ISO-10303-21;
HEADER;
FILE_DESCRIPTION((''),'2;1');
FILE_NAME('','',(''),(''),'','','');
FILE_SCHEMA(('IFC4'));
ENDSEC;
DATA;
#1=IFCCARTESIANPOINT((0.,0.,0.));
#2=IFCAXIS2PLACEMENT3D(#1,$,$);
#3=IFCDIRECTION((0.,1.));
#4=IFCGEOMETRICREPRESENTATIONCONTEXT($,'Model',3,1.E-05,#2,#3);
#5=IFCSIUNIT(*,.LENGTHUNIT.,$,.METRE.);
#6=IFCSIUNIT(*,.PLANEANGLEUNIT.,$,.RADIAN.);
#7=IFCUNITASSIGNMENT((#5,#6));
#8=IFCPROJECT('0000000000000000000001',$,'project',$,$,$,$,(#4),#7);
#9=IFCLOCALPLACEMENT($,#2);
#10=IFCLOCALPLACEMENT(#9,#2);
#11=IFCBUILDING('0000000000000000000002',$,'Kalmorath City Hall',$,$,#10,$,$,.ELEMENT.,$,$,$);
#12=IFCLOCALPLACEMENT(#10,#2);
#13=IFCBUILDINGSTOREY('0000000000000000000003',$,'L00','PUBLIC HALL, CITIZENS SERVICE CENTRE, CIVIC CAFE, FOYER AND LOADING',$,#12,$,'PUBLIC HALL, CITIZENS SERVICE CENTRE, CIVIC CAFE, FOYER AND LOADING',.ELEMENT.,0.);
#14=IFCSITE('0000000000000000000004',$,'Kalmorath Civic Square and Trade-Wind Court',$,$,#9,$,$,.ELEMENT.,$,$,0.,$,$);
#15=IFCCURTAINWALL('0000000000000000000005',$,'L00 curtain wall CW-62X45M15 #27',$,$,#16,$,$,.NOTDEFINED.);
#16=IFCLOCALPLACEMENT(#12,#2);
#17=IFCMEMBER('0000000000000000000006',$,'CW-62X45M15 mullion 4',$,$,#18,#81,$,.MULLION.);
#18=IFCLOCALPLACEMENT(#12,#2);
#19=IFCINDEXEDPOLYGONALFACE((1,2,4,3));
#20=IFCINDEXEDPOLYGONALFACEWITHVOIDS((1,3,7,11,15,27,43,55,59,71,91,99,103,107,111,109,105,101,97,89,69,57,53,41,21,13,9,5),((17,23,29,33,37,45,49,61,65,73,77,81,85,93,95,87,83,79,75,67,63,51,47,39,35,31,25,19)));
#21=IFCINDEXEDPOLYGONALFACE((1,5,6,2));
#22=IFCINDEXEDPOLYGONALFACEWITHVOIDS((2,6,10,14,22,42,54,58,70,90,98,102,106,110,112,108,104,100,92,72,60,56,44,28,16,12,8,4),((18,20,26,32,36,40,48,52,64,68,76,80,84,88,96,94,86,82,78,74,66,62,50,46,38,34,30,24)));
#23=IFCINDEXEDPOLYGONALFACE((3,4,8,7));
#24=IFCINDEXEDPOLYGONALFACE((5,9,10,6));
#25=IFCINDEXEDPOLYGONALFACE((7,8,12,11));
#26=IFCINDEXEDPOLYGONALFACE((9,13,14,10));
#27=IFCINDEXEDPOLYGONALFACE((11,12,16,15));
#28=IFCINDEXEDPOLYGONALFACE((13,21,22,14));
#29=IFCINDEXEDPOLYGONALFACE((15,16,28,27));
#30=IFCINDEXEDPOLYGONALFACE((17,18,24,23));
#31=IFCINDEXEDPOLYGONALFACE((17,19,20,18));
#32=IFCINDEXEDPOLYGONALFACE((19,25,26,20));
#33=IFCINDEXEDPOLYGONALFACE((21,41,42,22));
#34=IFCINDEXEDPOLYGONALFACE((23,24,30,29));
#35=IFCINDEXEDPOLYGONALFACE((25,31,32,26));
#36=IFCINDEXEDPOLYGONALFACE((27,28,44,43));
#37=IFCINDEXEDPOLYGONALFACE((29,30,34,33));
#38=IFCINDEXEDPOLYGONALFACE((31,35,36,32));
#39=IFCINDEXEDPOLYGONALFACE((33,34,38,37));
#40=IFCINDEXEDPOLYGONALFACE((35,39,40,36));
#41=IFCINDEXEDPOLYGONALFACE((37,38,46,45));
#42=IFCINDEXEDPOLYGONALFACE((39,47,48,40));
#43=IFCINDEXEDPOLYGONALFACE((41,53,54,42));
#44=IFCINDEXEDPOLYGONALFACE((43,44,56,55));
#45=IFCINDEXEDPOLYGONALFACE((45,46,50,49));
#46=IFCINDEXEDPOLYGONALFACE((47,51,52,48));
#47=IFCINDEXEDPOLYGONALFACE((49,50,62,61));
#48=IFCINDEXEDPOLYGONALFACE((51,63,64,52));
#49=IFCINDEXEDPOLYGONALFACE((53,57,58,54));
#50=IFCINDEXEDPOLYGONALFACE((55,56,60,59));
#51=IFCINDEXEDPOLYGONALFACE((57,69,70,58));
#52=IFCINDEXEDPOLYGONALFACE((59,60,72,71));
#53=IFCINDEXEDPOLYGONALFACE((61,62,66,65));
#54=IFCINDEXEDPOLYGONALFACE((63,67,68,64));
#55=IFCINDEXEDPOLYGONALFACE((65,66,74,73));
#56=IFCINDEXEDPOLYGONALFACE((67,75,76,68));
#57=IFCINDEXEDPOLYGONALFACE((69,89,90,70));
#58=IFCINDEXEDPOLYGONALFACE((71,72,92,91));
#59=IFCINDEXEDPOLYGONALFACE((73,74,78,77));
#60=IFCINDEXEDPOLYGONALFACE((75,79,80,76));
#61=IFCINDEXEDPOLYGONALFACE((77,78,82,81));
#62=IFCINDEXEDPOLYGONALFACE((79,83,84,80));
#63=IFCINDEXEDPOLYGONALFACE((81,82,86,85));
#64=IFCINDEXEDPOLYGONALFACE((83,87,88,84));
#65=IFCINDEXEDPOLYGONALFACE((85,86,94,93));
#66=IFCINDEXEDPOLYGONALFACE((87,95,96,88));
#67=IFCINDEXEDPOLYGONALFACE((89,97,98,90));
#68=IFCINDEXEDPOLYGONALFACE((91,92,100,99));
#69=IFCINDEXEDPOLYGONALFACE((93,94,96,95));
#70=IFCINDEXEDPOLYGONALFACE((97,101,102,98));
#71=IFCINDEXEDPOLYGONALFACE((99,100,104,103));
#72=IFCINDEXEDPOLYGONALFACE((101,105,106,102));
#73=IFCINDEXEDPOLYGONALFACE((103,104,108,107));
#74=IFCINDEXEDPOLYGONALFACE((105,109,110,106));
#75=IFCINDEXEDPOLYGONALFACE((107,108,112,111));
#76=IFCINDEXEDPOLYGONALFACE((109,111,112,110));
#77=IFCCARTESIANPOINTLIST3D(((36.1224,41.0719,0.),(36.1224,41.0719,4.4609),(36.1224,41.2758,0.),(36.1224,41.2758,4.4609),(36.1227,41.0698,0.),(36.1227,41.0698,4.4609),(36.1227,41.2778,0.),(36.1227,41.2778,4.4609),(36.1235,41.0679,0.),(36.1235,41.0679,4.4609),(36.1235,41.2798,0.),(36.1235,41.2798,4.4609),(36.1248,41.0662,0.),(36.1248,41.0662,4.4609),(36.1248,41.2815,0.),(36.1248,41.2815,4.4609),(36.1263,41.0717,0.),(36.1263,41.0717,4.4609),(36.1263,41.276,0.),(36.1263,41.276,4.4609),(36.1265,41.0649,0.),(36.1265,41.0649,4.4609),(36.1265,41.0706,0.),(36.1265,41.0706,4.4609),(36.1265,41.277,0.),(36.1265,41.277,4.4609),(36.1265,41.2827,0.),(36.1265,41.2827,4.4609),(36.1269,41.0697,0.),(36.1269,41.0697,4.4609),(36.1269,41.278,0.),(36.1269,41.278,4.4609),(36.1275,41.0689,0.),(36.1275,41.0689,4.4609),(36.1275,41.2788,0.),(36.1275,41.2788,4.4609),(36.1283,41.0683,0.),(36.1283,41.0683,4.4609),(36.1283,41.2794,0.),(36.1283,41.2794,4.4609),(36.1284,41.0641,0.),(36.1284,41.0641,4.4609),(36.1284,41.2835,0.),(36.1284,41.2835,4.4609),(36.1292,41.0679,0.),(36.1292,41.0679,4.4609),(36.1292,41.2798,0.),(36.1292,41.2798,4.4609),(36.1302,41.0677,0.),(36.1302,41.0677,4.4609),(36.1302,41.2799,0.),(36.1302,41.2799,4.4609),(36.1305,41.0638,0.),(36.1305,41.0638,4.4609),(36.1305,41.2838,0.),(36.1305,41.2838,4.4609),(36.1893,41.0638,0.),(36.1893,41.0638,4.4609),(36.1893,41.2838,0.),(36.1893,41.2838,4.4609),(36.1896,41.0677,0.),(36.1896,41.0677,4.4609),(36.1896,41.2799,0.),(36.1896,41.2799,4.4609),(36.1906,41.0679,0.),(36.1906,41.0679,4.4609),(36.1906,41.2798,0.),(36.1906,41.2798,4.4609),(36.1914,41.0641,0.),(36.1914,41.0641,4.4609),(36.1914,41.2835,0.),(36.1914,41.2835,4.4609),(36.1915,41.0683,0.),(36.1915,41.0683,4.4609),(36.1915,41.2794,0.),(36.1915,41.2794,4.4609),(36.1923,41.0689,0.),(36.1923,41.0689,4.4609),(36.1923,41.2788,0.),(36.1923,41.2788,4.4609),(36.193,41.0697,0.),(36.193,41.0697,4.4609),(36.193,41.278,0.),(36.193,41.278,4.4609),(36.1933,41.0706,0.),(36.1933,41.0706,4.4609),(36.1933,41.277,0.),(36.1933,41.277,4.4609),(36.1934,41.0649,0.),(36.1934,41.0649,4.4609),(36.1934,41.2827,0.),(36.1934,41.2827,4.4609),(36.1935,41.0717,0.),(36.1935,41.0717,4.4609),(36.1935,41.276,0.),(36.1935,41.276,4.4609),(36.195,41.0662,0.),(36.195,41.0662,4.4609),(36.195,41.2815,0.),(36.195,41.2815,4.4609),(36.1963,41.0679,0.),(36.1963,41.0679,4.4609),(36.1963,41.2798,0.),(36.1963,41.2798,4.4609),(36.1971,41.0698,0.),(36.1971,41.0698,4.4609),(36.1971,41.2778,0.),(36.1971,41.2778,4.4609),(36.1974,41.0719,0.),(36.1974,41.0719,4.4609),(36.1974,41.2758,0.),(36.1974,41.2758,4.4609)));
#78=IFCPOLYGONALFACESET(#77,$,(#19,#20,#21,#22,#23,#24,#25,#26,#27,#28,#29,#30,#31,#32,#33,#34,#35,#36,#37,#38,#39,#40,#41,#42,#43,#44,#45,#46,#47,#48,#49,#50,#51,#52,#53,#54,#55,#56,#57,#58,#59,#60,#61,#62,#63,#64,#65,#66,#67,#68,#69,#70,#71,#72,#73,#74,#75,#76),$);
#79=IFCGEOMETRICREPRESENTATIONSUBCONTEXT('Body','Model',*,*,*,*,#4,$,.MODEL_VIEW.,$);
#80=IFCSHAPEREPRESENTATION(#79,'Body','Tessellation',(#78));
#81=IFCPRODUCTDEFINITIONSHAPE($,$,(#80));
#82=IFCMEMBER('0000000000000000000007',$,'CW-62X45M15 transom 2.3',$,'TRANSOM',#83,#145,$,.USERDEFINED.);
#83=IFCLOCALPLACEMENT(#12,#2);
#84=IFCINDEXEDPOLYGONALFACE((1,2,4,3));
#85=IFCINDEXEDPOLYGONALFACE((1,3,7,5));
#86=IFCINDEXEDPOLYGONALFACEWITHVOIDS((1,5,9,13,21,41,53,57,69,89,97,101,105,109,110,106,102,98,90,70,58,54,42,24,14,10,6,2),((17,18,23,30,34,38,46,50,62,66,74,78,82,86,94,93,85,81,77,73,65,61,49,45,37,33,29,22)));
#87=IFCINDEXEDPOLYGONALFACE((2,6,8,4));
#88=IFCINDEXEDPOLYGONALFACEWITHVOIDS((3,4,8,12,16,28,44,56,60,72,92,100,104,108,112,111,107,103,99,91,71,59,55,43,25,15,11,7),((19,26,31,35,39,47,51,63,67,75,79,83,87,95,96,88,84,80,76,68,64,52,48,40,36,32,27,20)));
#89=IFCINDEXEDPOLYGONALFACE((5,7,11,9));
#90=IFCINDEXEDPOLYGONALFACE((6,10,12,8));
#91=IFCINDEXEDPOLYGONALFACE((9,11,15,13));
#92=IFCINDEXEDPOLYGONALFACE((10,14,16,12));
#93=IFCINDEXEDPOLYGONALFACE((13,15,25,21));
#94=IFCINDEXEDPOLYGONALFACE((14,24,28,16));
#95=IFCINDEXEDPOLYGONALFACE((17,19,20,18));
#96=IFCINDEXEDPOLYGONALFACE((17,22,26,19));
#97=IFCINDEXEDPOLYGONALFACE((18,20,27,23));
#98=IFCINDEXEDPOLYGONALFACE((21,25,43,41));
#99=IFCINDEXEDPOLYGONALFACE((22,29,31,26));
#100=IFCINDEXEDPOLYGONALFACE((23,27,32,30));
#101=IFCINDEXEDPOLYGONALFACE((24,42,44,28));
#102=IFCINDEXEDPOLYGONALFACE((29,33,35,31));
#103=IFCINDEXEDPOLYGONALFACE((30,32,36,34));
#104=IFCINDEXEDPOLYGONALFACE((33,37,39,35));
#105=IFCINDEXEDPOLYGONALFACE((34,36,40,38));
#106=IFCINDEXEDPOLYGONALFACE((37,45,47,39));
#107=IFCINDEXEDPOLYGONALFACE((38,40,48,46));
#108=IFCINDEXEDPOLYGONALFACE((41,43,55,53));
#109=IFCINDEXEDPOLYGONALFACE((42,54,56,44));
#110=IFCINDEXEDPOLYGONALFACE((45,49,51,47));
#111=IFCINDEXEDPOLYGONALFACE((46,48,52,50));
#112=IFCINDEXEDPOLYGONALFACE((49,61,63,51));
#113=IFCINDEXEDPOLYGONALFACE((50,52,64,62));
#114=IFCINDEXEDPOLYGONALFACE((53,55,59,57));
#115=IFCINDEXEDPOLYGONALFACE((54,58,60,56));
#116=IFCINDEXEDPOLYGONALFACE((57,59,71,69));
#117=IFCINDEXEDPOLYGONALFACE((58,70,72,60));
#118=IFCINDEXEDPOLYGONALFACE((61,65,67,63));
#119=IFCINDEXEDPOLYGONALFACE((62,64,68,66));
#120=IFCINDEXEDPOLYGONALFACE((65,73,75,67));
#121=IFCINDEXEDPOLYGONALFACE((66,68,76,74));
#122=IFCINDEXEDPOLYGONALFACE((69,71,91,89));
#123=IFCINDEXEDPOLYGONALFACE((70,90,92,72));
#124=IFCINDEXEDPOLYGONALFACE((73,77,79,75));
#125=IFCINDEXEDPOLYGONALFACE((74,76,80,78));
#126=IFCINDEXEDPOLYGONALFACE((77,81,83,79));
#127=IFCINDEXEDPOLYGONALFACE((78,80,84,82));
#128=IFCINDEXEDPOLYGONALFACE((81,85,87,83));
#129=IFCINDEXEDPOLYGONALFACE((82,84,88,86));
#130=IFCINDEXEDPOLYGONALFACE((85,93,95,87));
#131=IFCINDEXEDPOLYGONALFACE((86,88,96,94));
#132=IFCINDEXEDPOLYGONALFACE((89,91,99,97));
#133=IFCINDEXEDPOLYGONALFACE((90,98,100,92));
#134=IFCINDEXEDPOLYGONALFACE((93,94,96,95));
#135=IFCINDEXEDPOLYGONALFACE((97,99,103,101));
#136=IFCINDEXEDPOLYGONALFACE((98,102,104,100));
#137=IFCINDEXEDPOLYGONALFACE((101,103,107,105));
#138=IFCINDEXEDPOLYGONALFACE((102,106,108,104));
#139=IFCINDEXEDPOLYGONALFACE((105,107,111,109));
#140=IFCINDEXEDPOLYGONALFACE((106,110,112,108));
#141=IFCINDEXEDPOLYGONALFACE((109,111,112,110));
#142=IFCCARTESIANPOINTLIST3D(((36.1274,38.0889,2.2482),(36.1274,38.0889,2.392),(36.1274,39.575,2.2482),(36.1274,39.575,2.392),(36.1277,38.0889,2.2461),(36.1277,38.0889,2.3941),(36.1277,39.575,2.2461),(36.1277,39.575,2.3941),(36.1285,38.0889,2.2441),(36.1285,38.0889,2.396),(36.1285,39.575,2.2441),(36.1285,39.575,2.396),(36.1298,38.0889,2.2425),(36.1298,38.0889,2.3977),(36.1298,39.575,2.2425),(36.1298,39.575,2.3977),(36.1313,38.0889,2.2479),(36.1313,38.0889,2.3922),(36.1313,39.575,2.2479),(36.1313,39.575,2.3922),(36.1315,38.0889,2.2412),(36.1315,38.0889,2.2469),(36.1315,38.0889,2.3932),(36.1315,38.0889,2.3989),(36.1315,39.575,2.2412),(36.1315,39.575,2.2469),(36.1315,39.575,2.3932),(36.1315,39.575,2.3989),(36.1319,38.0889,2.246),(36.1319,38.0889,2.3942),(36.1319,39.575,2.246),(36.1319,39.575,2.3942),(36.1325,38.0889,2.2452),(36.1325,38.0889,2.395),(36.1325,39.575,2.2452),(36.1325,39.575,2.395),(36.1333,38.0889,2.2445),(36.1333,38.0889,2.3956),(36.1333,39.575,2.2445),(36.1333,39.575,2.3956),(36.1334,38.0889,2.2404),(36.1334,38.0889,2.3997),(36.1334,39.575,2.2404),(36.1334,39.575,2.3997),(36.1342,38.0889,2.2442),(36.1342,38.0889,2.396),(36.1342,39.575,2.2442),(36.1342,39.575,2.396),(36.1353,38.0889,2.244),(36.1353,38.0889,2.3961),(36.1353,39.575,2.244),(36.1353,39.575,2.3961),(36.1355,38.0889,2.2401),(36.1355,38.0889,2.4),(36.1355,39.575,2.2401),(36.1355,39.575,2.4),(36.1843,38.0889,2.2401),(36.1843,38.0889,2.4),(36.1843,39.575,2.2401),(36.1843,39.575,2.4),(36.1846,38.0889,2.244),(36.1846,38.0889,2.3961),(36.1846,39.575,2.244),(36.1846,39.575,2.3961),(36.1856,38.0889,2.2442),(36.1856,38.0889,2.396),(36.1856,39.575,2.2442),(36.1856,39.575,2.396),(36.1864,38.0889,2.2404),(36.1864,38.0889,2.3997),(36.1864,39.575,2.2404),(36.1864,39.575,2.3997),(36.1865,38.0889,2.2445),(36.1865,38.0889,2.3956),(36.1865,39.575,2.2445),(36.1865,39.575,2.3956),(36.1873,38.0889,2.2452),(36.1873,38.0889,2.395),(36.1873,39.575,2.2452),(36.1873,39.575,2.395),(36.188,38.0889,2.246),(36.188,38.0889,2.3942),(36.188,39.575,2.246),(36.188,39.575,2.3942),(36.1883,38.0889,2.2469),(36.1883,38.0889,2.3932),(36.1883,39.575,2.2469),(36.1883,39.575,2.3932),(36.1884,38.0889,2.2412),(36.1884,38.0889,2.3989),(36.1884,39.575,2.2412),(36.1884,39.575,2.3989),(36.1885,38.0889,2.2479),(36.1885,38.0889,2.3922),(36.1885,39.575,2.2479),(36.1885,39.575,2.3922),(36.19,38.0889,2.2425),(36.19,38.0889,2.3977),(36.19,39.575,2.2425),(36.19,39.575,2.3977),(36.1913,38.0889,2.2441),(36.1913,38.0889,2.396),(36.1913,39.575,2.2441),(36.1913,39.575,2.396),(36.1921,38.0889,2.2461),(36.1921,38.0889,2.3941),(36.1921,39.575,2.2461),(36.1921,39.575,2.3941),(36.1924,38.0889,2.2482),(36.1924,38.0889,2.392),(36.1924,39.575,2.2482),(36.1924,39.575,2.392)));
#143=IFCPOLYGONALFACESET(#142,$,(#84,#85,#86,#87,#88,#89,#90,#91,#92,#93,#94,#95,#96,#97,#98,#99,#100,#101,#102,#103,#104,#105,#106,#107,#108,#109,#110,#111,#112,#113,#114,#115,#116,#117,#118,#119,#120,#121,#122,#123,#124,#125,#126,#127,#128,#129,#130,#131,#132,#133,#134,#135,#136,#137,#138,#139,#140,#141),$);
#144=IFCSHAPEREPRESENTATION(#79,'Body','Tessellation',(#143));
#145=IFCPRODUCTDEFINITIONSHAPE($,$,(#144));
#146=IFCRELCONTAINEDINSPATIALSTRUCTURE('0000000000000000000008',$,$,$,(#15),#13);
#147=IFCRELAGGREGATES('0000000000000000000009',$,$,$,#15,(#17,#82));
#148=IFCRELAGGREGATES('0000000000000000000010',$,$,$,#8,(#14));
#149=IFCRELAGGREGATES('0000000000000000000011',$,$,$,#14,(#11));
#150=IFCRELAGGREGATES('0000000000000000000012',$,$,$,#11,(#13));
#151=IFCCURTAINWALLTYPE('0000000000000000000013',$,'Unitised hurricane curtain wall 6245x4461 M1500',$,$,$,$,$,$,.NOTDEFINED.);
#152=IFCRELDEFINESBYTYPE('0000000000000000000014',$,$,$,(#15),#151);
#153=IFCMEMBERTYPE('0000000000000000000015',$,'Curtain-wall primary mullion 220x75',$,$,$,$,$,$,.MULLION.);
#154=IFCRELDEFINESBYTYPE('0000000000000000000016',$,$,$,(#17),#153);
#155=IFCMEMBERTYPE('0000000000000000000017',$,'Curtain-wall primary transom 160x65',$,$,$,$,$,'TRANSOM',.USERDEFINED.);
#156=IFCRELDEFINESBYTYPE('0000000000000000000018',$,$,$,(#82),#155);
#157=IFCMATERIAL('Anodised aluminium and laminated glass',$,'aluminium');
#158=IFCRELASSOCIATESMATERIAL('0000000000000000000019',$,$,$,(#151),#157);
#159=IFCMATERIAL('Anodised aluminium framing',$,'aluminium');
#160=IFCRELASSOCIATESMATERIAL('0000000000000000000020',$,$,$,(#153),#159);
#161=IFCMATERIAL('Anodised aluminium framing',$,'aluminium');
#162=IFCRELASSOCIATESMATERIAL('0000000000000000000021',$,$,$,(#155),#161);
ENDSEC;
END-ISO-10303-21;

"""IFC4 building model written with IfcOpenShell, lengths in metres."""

from ifc_helpers import new_model, si_unit, direction, frame, origin, origin_2d, place, context, subcontext, project, spatial, hollow_rectangle, extrude, material, material_profile, profile_set, type_object, element, aggregate, save


model = new_model("IFC4")

# Units and contexts
model_context = context("Model", 3, precision=1e-05, world=origin(), true_north=direction((0.0, 1.0)))
body_context = subcontext(model_context, "Body", "Model", "MODEL_VIEW")
ifc_project = project(units=[si_unit("LENGTHUNIT", "METRE"), si_unit("PLANEANGLEUNIT", "RADIAN")], contexts=[model_context])

# Site, building, storey
site_placement = place(None, origin())
site = spatial("IfcSite", under=ifc_project, at=site_placement, Name="Kalmorath Civic Square and Trade-Wind Court", CompositionType="ELEMENT", RefElevation=0.0)
building_placement = place(site_placement, origin())
building = spatial("IfcBuilding", under=site, at=building_placement, Name="Kalmorath City Hall", CompositionType="ELEMENT")
storey_placement = place(building_placement, origin())
storey = spatial("IfcBuildingStorey", under=building, at=storey_placement, Name="L00", Description="PUBLIC HALL, CITIZENS SERVICE CENTRE, CIVIC CAFE, FOYER AND LOADING", LongName="PUBLIC HALL, CITIZENS SERVICE CENTRE, CIVIC CAFE, FOYER AND LOADING", CompositionType="ELEMENT", Elevation=0.0)

# Curtain wall, members
ifc_material_1 = material(Name="Anodised aluminium and laminated glass", Category="aluminium")
curtain_wall_type_1 = type_object("IfcCurtainWallType", Name="Unitised hurricane curtain wall 6245x4461 M1500", PredefinedType="NOTDEFINED", material=ifc_material_1)
curtain_wall_1_placement = place(storey_placement, origin())
curtain_wall_1 = element("IfcCurtainWall", 1, at=curtain_wall_1_placement, inside=storey, type_object=curtain_wall_type_1, Name="L00 curtain wall CW-62X45M15 #27", PredefinedType="NOTDEFINED")
ifc_material_2 = material(Name="Anodised aluminium framing", Category="aluminium")
ifc_material_profile_1 = material_profile(ifc_material_2, hollow_rectangle(XDim=0.075, YDim=0.22, WallThickness=0.0039, InnerFilletRadius=0.0039, OuterFilletRadius=0.0081, at=origin_2d()), Name="ALU-MUL-220X75X4")
ifc_profile_set_1 = profile_set([ifc_material_profile_1], Name="Anodised aluminium framing")
member_type_1 = type_object("IfcMemberType", Name="Curtain-wall primary mullion 220x75", PredefinedType="MULLION", material=ifc_profile_set_1)
member_1_placement = place(storey_placement, frame((36.1599, 41.1738, 0.0), z_axis=(0.0, 0.0, 1.0), x_axis=(-1.0, 0.0, 0.0)))
member_1 = element("IfcMember", 2, at=member_1_placement, type_object=member_type_1, Name="CW-62X45M15 mullion 4", PredefinedType="MULLION", context=body_context, shape_type="SweptSolid", body=[
    extrude(hollow_rectangle(XDim=0.075, YDim=0.22, WallThickness=0.0039, InnerFilletRadius=0.0039, OuterFilletRadius=0.0081, at=origin_2d()), origin(), (0.0, 0.0, 1.0), 4.4609),
])
ifc_material_3 = material(Name="Anodised aluminium framing", Category="aluminium")
ifc_material_profile_2 = material_profile(ifc_material_3, hollow_rectangle(XDim=0.0649, YDim=0.1599, WallThickness=0.0039, InnerFilletRadius=0.0039, OuterFilletRadius=0.0081, at=origin_2d()), Name="ALU-TRN-160X65X4")
ifc_profile_set_2 = profile_set([ifc_material_profile_2], Name="Anodised aluminium framing")
member_type_2 = type_object("IfcMemberType", Name="Curtain-wall primary transom 160x65", ElementType="TRANSOM", PredefinedType="USERDEFINED", material=ifc_profile_set_2)
member_2_placement = place(storey_placement, frame((36.1599, 38.0889, 2.3201), z_axis=(0.0, 1.0, 0.0), x_axis=(-1.0, 0.0, 0.0)))
member_2 = element("IfcMember", 3, at=member_2_placement, type_object=member_type_2, Name="CW-62X45M15 transom 2.3", ObjectType="TRANSOM", PredefinedType="USERDEFINED", context=body_context, shape_type="SweptSolid", body=[
    extrude(hollow_rectangle(XDim=0.0649, YDim=0.1599, WallThickness=0.0039, InnerFilletRadius=0.0039, OuterFilletRadius=0.0081, at=origin_2d()), origin(), (0.0, 0.0, 1.0), 1.4861),
])

aggregate(curtain_wall_1, [member_1, member_2])

save(model, "model.ifc")
